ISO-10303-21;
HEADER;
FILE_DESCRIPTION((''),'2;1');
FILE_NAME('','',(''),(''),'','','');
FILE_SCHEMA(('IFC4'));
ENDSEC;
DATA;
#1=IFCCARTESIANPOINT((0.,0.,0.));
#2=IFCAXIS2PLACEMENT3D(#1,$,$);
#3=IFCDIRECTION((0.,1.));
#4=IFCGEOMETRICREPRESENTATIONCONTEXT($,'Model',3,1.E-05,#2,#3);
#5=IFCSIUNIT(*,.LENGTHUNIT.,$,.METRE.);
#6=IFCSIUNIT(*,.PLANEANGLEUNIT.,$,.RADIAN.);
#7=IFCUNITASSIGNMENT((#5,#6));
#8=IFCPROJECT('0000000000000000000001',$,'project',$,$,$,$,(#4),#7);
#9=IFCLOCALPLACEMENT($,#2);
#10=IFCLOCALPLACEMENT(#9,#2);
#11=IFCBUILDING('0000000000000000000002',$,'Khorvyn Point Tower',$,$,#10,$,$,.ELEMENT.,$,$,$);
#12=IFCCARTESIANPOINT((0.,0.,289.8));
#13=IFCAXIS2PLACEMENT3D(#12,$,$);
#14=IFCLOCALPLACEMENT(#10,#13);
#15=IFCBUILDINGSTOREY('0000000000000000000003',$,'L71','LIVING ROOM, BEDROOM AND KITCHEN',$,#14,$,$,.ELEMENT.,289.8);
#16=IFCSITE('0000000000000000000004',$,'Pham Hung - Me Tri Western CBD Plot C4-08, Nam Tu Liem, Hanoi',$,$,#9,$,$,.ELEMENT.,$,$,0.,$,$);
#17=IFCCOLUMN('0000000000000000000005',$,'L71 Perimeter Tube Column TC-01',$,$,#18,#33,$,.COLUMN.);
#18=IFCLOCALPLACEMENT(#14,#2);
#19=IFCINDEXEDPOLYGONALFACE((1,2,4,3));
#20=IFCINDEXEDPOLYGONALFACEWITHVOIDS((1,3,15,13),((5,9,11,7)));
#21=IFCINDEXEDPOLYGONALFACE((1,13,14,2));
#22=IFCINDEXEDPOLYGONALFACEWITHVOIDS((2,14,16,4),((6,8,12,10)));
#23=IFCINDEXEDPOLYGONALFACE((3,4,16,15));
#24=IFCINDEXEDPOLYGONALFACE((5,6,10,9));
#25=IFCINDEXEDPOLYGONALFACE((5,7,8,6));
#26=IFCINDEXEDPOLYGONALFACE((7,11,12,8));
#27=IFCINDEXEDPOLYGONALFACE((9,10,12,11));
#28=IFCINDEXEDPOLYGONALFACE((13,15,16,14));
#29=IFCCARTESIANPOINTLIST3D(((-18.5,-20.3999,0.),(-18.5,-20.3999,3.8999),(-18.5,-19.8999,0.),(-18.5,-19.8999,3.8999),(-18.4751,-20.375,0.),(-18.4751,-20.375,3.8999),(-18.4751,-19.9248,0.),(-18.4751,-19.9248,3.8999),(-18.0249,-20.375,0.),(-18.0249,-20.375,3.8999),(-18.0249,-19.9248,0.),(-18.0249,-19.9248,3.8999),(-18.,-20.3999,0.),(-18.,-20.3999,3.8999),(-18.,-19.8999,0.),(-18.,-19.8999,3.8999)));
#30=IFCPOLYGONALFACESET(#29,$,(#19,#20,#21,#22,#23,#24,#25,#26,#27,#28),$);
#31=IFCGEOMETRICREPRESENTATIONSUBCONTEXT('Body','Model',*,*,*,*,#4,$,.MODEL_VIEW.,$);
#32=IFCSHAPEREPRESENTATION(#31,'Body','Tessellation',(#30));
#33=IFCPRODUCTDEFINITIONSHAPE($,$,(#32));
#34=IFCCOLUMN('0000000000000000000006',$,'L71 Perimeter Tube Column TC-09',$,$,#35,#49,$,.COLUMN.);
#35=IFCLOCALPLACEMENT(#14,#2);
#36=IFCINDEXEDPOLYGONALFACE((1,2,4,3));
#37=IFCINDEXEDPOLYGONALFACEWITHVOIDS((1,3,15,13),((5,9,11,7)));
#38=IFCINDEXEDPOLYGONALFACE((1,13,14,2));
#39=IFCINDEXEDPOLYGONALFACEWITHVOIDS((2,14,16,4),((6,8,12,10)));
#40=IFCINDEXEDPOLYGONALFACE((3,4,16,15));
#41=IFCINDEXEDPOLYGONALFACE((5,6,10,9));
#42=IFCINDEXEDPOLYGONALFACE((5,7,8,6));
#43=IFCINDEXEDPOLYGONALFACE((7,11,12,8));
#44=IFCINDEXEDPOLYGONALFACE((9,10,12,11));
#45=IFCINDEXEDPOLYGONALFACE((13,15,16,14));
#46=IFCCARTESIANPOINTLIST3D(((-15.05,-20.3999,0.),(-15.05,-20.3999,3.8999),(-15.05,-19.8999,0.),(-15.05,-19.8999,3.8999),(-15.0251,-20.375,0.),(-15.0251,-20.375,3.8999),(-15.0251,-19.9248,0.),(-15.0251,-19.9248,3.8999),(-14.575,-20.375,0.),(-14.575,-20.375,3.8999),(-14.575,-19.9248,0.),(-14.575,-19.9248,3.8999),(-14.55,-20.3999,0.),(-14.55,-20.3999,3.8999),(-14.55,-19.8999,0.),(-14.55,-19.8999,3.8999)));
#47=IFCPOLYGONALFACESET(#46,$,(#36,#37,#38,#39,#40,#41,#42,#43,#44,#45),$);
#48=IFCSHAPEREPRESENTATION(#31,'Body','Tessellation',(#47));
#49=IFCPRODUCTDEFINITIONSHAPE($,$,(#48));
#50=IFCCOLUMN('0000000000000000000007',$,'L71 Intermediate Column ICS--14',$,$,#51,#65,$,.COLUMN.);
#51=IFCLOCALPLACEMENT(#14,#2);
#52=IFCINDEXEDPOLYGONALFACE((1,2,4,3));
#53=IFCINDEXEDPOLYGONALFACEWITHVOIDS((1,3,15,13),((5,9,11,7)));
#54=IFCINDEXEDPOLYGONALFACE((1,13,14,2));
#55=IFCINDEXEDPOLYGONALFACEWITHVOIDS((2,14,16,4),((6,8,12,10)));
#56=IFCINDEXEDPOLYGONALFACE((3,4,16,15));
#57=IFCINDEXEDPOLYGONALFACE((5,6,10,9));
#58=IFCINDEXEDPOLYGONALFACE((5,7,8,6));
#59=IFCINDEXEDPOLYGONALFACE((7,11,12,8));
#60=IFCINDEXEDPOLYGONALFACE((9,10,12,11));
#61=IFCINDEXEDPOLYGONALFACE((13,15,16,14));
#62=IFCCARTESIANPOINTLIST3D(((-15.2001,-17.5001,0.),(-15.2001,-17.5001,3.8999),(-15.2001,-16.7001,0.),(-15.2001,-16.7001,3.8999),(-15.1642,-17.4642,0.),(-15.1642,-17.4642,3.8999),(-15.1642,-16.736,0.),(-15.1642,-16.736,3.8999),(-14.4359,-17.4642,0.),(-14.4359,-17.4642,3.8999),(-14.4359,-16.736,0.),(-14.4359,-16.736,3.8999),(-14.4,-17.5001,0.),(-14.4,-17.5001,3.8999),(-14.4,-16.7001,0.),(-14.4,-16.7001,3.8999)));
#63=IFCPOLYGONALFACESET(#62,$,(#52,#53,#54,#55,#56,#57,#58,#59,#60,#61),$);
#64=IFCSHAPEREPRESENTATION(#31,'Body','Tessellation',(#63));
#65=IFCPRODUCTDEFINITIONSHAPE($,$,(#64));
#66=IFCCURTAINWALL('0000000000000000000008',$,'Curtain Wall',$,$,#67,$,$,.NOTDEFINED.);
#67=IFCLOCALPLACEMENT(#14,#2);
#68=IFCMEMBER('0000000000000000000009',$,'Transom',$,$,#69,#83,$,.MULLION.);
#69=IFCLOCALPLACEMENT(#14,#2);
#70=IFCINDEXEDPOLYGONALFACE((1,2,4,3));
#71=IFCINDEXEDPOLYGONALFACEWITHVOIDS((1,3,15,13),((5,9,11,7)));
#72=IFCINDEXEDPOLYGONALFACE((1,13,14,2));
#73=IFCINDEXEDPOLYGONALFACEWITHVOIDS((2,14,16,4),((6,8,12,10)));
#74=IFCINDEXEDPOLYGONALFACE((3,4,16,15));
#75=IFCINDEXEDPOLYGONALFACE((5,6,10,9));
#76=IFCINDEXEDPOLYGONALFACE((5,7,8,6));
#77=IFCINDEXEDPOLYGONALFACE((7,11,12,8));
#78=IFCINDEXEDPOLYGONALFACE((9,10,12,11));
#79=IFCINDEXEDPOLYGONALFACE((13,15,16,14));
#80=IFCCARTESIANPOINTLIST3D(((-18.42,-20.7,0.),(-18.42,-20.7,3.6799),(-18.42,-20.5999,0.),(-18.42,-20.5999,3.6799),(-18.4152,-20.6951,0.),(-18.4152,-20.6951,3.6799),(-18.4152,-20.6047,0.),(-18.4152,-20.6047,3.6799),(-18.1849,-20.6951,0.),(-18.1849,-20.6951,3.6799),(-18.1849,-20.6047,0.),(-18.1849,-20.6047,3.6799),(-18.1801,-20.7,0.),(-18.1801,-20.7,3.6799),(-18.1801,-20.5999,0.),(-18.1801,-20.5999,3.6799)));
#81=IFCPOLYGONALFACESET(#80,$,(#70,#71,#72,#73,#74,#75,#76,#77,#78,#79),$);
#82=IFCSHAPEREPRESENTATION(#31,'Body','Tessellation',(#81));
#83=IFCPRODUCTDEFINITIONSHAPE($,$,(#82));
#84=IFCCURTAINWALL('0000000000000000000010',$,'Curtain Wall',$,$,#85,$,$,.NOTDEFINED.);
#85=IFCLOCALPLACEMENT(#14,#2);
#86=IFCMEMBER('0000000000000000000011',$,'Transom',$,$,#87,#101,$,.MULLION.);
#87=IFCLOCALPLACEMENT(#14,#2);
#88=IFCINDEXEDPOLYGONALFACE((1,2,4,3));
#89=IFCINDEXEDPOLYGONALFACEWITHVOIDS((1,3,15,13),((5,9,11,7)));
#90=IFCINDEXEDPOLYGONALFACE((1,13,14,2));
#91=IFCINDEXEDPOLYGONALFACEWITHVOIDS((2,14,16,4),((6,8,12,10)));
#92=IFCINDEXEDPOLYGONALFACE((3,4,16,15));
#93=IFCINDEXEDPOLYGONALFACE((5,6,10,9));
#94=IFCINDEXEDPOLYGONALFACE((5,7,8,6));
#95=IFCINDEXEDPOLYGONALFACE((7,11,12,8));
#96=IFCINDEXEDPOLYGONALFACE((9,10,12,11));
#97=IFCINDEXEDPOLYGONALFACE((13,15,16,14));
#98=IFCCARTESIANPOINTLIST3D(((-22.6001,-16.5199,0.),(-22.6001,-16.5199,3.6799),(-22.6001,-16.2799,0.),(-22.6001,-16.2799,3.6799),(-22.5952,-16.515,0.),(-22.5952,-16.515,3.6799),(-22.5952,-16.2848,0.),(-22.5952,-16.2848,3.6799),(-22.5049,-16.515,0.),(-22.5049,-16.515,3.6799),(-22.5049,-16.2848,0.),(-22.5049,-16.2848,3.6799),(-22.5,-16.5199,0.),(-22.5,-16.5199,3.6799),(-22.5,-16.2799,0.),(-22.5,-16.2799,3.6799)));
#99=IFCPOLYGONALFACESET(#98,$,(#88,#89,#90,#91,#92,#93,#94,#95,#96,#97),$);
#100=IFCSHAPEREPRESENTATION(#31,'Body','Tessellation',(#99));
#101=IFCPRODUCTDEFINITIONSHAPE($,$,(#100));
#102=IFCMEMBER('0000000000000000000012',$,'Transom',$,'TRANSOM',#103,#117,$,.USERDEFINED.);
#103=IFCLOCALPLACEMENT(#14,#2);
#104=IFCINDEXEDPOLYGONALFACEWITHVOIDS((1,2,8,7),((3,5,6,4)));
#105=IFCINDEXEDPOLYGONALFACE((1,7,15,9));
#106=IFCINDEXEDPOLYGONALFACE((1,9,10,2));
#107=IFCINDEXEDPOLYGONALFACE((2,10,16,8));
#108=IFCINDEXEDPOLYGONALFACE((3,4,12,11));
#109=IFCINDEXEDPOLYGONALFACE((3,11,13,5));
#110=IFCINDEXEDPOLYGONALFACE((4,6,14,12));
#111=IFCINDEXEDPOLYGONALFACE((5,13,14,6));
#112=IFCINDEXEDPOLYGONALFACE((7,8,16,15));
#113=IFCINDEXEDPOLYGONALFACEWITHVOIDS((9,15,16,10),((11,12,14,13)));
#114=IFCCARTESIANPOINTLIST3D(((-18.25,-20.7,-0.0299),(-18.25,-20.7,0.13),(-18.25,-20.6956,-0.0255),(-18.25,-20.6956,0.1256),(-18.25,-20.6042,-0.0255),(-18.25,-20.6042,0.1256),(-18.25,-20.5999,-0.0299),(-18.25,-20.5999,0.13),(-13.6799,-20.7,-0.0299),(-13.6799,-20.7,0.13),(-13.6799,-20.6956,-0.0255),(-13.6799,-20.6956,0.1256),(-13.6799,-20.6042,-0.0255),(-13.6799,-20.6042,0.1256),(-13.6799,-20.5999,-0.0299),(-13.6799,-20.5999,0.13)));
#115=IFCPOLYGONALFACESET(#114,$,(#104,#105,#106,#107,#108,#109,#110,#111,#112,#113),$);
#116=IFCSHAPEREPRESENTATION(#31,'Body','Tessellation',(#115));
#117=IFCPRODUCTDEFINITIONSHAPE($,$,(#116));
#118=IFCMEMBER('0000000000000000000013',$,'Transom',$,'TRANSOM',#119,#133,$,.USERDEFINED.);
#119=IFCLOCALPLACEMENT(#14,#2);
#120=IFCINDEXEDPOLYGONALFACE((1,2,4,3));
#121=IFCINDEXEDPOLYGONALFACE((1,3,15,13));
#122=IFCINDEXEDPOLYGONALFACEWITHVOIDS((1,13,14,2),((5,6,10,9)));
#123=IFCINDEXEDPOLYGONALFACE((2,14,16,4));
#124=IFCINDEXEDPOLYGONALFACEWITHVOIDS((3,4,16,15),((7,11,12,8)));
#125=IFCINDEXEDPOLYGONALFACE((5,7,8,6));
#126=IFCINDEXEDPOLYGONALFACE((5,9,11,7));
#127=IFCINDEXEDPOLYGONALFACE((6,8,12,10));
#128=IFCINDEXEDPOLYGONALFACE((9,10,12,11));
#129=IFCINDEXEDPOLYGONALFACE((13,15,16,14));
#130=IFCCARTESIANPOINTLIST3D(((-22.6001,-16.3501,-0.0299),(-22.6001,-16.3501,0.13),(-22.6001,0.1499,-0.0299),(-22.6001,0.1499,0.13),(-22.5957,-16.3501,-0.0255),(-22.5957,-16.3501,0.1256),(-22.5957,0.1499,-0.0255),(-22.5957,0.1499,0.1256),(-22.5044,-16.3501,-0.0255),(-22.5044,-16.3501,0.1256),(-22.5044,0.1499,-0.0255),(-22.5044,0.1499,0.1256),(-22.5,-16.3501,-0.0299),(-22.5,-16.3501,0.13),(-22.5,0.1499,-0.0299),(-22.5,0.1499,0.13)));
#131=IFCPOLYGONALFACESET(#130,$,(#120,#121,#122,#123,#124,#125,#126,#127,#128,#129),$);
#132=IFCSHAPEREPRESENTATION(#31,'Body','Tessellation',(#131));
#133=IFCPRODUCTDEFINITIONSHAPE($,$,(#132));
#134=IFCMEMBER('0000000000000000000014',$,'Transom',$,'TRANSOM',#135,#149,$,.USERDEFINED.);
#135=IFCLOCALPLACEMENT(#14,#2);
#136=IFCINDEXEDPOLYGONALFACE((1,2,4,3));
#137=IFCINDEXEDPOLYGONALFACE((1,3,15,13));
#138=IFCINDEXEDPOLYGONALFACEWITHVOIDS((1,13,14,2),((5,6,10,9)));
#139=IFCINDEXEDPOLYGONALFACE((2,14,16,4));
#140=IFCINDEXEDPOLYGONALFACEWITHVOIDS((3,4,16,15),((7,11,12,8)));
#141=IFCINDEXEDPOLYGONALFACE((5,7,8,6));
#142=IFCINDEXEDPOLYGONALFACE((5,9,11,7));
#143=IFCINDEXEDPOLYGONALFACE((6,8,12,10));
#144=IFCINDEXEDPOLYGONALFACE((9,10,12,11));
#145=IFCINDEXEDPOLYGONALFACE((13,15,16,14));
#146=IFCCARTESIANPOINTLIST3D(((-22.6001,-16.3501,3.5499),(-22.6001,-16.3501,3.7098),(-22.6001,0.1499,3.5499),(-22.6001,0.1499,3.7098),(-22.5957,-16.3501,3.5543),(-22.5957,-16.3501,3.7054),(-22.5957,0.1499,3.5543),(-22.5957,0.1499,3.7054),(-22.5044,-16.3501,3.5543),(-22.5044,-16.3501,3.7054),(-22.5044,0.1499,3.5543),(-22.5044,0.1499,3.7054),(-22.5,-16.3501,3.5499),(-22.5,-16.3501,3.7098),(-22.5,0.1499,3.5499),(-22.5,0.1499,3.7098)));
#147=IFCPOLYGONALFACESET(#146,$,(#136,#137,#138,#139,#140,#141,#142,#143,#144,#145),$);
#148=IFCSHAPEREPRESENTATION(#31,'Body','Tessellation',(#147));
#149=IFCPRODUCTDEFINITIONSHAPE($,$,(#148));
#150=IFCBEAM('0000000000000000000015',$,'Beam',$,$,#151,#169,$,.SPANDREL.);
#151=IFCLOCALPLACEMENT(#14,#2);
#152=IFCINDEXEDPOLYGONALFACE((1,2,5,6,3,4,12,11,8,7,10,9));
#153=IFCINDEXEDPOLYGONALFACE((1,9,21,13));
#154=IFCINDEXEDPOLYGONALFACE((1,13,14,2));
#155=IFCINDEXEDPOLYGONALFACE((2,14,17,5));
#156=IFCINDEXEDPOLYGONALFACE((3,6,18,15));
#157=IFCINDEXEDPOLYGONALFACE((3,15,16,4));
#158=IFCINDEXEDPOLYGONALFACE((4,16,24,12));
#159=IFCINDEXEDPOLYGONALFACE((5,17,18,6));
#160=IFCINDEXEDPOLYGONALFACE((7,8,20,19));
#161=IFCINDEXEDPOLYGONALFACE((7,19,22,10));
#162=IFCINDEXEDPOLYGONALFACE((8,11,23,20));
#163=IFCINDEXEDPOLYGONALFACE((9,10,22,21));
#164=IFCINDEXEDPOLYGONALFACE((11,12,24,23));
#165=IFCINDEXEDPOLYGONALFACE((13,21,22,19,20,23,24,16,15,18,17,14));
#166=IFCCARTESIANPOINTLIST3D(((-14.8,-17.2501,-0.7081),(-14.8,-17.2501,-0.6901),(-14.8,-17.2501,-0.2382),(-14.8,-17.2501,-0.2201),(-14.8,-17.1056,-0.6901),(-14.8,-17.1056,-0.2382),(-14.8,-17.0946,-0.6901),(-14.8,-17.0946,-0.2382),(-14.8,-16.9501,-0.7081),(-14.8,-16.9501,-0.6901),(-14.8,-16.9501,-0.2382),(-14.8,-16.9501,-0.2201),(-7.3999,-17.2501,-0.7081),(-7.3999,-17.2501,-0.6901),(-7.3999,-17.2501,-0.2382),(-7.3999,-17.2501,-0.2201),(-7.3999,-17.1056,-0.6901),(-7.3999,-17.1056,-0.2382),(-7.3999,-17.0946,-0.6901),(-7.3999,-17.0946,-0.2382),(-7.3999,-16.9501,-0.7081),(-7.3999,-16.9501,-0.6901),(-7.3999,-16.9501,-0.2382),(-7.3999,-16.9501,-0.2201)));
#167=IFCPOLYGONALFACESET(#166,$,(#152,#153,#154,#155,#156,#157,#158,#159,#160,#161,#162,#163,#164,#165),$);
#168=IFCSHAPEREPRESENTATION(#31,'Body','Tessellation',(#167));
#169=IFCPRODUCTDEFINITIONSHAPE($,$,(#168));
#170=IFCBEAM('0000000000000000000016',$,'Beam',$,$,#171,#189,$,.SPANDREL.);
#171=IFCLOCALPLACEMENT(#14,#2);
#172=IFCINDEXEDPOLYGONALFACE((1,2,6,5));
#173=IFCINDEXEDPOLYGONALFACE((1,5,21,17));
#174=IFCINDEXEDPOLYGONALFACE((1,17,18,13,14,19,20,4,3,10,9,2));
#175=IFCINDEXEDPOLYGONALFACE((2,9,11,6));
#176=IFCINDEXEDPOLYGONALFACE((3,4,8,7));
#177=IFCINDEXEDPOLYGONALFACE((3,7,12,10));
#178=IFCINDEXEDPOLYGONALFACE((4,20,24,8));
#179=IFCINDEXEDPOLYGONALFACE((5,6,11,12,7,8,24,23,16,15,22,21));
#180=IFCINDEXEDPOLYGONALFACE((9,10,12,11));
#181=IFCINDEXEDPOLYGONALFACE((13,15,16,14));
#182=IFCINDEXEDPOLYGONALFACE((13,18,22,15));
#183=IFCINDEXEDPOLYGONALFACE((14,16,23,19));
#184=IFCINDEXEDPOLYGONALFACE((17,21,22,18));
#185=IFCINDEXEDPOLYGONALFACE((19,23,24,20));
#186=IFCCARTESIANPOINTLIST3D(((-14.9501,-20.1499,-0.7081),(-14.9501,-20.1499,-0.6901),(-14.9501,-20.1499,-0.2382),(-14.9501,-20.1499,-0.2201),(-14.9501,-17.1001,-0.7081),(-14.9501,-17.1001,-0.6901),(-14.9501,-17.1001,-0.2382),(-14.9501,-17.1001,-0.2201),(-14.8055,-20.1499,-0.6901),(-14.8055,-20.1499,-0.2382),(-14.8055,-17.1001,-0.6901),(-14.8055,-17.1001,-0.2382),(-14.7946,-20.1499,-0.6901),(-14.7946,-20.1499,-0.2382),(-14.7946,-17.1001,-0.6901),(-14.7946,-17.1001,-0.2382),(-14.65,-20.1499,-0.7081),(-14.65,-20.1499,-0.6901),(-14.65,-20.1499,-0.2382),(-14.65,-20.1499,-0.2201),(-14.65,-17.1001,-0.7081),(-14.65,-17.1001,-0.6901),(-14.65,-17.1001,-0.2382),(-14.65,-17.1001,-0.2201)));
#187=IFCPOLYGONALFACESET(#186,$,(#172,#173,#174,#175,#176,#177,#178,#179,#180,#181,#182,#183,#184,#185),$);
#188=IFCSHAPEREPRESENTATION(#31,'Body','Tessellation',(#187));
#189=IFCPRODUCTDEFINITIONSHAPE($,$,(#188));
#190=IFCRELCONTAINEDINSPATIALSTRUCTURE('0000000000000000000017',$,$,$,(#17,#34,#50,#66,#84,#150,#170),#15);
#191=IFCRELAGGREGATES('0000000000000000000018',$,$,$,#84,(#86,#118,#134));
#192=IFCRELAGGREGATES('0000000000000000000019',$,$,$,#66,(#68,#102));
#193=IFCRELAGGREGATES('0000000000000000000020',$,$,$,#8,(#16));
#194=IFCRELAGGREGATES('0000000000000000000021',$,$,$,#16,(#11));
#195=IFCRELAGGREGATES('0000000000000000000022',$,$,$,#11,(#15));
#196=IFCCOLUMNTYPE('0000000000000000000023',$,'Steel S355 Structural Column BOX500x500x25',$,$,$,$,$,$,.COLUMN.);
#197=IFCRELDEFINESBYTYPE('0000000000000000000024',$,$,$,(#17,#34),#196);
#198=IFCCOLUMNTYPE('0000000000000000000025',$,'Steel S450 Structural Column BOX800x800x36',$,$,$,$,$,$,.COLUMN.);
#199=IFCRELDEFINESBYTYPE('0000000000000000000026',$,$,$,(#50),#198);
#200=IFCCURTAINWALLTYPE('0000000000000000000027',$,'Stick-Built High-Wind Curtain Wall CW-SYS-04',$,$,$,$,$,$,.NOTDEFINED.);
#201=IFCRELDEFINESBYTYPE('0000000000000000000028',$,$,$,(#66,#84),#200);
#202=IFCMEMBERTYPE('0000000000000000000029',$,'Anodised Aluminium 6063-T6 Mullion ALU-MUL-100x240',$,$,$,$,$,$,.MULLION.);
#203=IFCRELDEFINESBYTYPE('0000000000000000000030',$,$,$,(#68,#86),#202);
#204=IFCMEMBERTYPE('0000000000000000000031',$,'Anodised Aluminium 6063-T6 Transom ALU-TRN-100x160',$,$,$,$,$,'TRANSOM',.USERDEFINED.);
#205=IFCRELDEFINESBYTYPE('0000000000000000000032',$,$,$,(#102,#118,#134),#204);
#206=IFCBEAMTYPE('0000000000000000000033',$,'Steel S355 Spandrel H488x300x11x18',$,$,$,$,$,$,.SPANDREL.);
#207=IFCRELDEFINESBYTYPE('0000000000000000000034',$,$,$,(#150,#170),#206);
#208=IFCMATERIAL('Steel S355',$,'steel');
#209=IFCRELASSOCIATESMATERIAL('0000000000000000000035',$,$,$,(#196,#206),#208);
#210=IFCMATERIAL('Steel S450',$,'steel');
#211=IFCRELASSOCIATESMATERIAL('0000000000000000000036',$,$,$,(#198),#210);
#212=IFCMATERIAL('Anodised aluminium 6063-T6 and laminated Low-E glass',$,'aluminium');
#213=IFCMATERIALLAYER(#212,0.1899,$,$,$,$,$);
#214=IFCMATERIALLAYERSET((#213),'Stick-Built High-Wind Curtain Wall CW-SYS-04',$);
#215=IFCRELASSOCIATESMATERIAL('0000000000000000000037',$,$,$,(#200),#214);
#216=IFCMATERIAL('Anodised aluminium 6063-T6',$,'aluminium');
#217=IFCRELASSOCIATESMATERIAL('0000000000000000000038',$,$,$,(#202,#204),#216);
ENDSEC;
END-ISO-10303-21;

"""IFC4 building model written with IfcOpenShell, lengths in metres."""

from ifc_helpers import new_model, si_unit, direction, frame, origin, origin_2d, place, context, subcontext, project, spatial, hollow_rectangle, i_section, extrude, material, layer, layer_set, material_profile, profile_set, type_object, element, aggregate, save


model = new_model("IFC4")

# Units and contexts
model_context = context("Model", 3, precision=1e-05, world=origin(), true_north=direction((0.0, 1.0)))
body_context = subcontext(model_context, "Body", "Model", "MODEL_VIEW")
ifc_project = project(units=[si_unit("LENGTHUNIT", "METRE"), si_unit("PLANEANGLEUNIT", "RADIAN")], contexts=[model_context])

# Site, building, storey
site_placement = place(None, origin())
site = spatial("IfcSite", under=ifc_project, at=site_placement, Name="Pham Hung - Me Tri Western CBD Plot C4-08, Nam Tu Liem, Hanoi", CompositionType="ELEMENT", RefElevation=0.0)
building_placement = place(site_placement, origin())
building = spatial("IfcBuilding", under=site, at=building_placement, Name="Khorvyn Point Tower", CompositionType="ELEMENT")
storey_placement = place(building_placement, frame((0.0, 0.0, 289.8)))
storey = spatial("IfcBuildingStorey", under=building, at=storey_placement, Name="L71", Description="LIVING ROOM, BEDROOM AND KITCHEN", CompositionType="ELEMENT", Elevation=289.8)

# Columns
ifc_material_1 = material(Name="Steel S355", Category="steel")
ifc_material_profile_1 = material_profile(ifc_material_1, hollow_rectangle(XDim=0.5, YDim=0.5, WallThickness=0.0249, at=origin_2d()))
ifc_profile_set_1 = profile_set([ifc_material_profile_1], Name="Steel S355 BOX500x500x25")
column_type_1 = type_object("IfcColumnType", Name="Steel S355 Structural Column BOX500x500x25", PredefinedType="COLUMN", material=ifc_profile_set_1)
for number, where, z_axis, x_axis, name in (
    (1, (-18.25, -20.1499, 0.0), (0.0, 0.0, 1.0), (1.0, 0.0, 0.0), "L71 Perimeter Tube Column TC-01"),
    (2, (-14.8, -20.1499, 0.0), (0.0, 0.0, 1.0), (1.0, 0.0, 0.0), "L71 Perimeter Tube Column TC-09"),
):
    element("IfcColumn", number, at=place(storey_placement, frame(where, z_axis=z_axis, x_axis=x_axis)), inside=storey, type_object=column_type_1, Name=name, PredefinedType="COLUMN", context=body_context, shape_type="SweptSolid", body=[
        extrude(hollow_rectangle(XDim=0.5, YDim=0.5, WallThickness=0.0249, at=origin_2d()), origin(), (0.0, 0.0, 1.0), 3.8999),
    ])
ifc_material_2 = material(Name="Steel S450", Category="steel")
ifc_material_profile_2 = material_profile(ifc_material_2, hollow_rectangle(XDim=0.8, YDim=0.8, WallThickness=0.0359, at=origin_2d()))
ifc_profile_set_2 = profile_set([ifc_material_profile_2], Name="Steel S450 BOX800x800x36")
column_type_2 = type_object("IfcColumnType", Name="Steel S450 Structural Column BOX800x800x36", PredefinedType="COLUMN", material=ifc_profile_set_2)
column_placement = place(storey_placement, frame((-14.8, -17.1001, 0.0), z_axis=(0.0, 0.0, 1.0), x_axis=(1.0, 0.0, 0.0)))
element("IfcColumn", 3, at=column_placement, inside=storey, type_object=column_type_2, Name="L71 Intermediate Column ICS--14", PredefinedType="COLUMN", context=body_context, shape_type="SweptSolid", body=[
    extrude(hollow_rectangle(XDim=0.8, YDim=0.8, WallThickness=0.0359, at=origin_2d()), origin(), (0.0, 0.0, 1.0), 3.8999),
])

# Curtain walls, members
ifc_material_3 = material(Name="Anodised aluminium 6063-T6 and laminated Low-E glass", Category="aluminium")
ifc_layer_1 = layer(ifc_material_3, 0.1899)
ifc_layer_set_1 = layer_set([ifc_layer_1], Name="Stick-Built High-Wind Curtain Wall CW-SYS-04")
curtain_wall_type = type_object("IfcCurtainWallType", Name="Stick-Built High-Wind Curtain Wall CW-SYS-04", PredefinedType="NOTDEFINED", material=ifc_layer_set_1)
curtain_wall_1_placement = place(storey_placement, origin())
curtain_wall_1 = element("IfcCurtainWall", 4, at=curtain_wall_1_placement, inside=storey, type_object=curtain_wall_type, Name="Curtain Wall", PredefinedType="NOTDEFINED")
ifc_material_4 = material(Name="Anodised aluminium 6063-T6", Category="aluminium")
ifc_material_profile_3 = material_profile(ifc_material_4, hollow_rectangle(XDim=0.1001, YDim=0.24, WallThickness=0.0049, at=origin_2d()))
ifc_profile_set_3 = profile_set([ifc_material_profile_3], Name="Anodised aluminium 6063-T6 ALU-MUL-100x240")
member_type_1 = type_object("IfcMemberType", Name="Anodised Aluminium 6063-T6 Mullion ALU-MUL-100x240", PredefinedType="MULLION", material=ifc_profile_set_3)
member_1_placement = place(storey_placement, frame((-18.3, -20.6499, 0.0), z_axis=(0.0, 0.0, 1.0), x_axis=(0.0, -1.0, 0.0)))
member_1 = element("IfcMember", 5, at=member_1_placement, type_object=member_type_1, Name="Transom", PredefinedType="MULLION", context=body_context, shape_type="SweptSolid", body=[
    extrude(hollow_rectangle(XDim=0.1001, YDim=0.24, WallThickness=0.0049, at=origin_2d()), origin(), (0.0, 0.0, 1.0), 3.6799),
])
curtain_wall_2_placement = place(storey_placement, origin())
curtain_wall_2 = element("IfcCurtainWall", 6, at=curtain_wall_2_placement, inside=storey, type_object=curtain_wall_type, Name="Curtain Wall", PredefinedType="NOTDEFINED")
member_2_placement = place(storey_placement, frame((-22.55, -16.3999, 0.0), z_axis=(0.0, 0.0, 1.0), x_axis=(-1.0, 0.0, 0.0)))
member_2 = element("IfcMember", 7, at=member_2_placement, type_object=member_type_1, Name="Transom", PredefinedType="MULLION", context=body_context, shape_type="SweptSolid", body=[
    extrude(hollow_rectangle(XDim=0.1001, YDim=0.24, WallThickness=0.0049, at=origin_2d()), origin(), (0.0, 0.0, 1.0), 3.6799),
])

# Members
ifc_material_profile_4 = material_profile(ifc_material_4, hollow_rectangle(XDim=0.1001, YDim=0.1599, WallThickness=0.0044, at=origin_2d()))
ifc_profile_set_4 = profile_set([ifc_material_profile_4], Name="Anodised aluminium 6063-T6 ALU-TRN-100x160")
member_type_2 = type_object("IfcMemberType", Name="Anodised Aluminium 6063-T6 Transom ALU-TRN-100x160", ElementType="TRANSOM", PredefinedType="USERDEFINED", material=ifc_profile_set_4)
member_3_placement = place(storey_placement, frame((-13.6799, -20.6499, 0.05), z_axis=(-1.0, 0.0, 0.0), x_axis=(0.0, -1.0, 0.0)))
member_3 = element("IfcMember", 8, at=member_3_placement, type_object=member_type_2, Name="Transom", ObjectType="TRANSOM", PredefinedType="USERDEFINED", context=body_context, shape_type="SweptSolid", body=[
    extrude(hollow_rectangle(XDim=0.1001, YDim=0.1599, WallThickness=0.0044, at=origin_2d()), origin(), (0.0, 0.0, 1.0), 4.5701),
])
member_4_placement = place(storey_placement, frame((-22.55, -16.3501, 0.05), z_axis=(0.0, 1.0, 0.0), x_axis=(-1.0, 0.0, 0.0)))
member_4 = element("IfcMember", 9, at=member_4_placement, type_object=member_type_2, Name="Transom", ObjectType="TRANSOM", PredefinedType="USERDEFINED", context=body_context, shape_type="SweptSolid", body=[
    extrude(hollow_rectangle(XDim=0.1001, YDim=0.1599, WallThickness=0.0044, at=origin_2d()), origin(), (0.0, 0.0, 1.0), 16.5),
])
member_5_placement = place(storey_placement, frame((-22.55, -16.3501, 3.6299), z_axis=(0.0, 1.0, 0.0), x_axis=(-1.0, 0.0, 0.0)))
member_5 = element("IfcMember", 10, at=member_5_placement, type_object=member_type_2, Name="Transom", ObjectType="TRANSOM", PredefinedType="USERDEFINED", context=body_context, shape_type="SweptSolid", body=[
    extrude(hollow_rectangle(XDim=0.1001, YDim=0.1599, WallThickness=0.0044, at=origin_2d()), origin(), (0.0, 0.0, 1.0), 16.5),
])
aggregate(curtain_wall_2, [member_2, member_4, member_5])

# Beams
ifc_material_profile_5 = material_profile(ifc_material_1, i_section(OverallWidth=0.3, OverallDepth=0.488, WebThickness=0.011, FlangeThickness=0.0181, at=origin_2d()))
ifc_profile_set_5 = profile_set([ifc_material_profile_5], Name="Steel S355 H488x300x11x18")
beam_type_1 = type_object("IfcBeamType", Name="Steel S355 Spandrel H488x300x11x18", PredefinedType="SPANDREL", material=ifc_profile_set_5)
beam_1_placement = place(storey_placement, frame((-14.8, -17.1001, -0.4641), z_axis=(1.0, 0.0, 0.0), x_axis=(0.0, 1.0, 0.0)))
element("IfcBeam", 11, at=beam_1_placement, inside=storey, type_object=beam_type_1, Name="Beam", PredefinedType="SPANDREL", context=body_context, shape_type="SweptSolid", body=[
    extrude(i_section(OverallWidth=0.3, OverallDepth=0.488, WebThickness=0.011, FlangeThickness=0.0181, at=origin_2d()), origin(), (0.0, 0.0, 1.0), 7.4001),
])
beam_2_placement = place(storey_placement, frame((-14.8, -20.1499, -0.4641), z_axis=(0.0, 1.0, 0.0), x_axis=(-1.0, 0.0, 0.0)))
element("IfcBeam", 12, at=beam_2_placement, inside=storey, type_object=beam_type_1, Name="Beam", PredefinedType="SPANDREL", context=body_context, shape_type="SweptSolid", body=[
    extrude(i_section(OverallWidth=0.3, OverallDepth=0.488, WebThickness=0.011, FlangeThickness=0.0181, at=origin_2d()), origin(), (0.0, 0.0, 1.0), 3.0498),
])

aggregate(curtain_wall_1, [member_1, member_3])

save(model, "model.ifc")
